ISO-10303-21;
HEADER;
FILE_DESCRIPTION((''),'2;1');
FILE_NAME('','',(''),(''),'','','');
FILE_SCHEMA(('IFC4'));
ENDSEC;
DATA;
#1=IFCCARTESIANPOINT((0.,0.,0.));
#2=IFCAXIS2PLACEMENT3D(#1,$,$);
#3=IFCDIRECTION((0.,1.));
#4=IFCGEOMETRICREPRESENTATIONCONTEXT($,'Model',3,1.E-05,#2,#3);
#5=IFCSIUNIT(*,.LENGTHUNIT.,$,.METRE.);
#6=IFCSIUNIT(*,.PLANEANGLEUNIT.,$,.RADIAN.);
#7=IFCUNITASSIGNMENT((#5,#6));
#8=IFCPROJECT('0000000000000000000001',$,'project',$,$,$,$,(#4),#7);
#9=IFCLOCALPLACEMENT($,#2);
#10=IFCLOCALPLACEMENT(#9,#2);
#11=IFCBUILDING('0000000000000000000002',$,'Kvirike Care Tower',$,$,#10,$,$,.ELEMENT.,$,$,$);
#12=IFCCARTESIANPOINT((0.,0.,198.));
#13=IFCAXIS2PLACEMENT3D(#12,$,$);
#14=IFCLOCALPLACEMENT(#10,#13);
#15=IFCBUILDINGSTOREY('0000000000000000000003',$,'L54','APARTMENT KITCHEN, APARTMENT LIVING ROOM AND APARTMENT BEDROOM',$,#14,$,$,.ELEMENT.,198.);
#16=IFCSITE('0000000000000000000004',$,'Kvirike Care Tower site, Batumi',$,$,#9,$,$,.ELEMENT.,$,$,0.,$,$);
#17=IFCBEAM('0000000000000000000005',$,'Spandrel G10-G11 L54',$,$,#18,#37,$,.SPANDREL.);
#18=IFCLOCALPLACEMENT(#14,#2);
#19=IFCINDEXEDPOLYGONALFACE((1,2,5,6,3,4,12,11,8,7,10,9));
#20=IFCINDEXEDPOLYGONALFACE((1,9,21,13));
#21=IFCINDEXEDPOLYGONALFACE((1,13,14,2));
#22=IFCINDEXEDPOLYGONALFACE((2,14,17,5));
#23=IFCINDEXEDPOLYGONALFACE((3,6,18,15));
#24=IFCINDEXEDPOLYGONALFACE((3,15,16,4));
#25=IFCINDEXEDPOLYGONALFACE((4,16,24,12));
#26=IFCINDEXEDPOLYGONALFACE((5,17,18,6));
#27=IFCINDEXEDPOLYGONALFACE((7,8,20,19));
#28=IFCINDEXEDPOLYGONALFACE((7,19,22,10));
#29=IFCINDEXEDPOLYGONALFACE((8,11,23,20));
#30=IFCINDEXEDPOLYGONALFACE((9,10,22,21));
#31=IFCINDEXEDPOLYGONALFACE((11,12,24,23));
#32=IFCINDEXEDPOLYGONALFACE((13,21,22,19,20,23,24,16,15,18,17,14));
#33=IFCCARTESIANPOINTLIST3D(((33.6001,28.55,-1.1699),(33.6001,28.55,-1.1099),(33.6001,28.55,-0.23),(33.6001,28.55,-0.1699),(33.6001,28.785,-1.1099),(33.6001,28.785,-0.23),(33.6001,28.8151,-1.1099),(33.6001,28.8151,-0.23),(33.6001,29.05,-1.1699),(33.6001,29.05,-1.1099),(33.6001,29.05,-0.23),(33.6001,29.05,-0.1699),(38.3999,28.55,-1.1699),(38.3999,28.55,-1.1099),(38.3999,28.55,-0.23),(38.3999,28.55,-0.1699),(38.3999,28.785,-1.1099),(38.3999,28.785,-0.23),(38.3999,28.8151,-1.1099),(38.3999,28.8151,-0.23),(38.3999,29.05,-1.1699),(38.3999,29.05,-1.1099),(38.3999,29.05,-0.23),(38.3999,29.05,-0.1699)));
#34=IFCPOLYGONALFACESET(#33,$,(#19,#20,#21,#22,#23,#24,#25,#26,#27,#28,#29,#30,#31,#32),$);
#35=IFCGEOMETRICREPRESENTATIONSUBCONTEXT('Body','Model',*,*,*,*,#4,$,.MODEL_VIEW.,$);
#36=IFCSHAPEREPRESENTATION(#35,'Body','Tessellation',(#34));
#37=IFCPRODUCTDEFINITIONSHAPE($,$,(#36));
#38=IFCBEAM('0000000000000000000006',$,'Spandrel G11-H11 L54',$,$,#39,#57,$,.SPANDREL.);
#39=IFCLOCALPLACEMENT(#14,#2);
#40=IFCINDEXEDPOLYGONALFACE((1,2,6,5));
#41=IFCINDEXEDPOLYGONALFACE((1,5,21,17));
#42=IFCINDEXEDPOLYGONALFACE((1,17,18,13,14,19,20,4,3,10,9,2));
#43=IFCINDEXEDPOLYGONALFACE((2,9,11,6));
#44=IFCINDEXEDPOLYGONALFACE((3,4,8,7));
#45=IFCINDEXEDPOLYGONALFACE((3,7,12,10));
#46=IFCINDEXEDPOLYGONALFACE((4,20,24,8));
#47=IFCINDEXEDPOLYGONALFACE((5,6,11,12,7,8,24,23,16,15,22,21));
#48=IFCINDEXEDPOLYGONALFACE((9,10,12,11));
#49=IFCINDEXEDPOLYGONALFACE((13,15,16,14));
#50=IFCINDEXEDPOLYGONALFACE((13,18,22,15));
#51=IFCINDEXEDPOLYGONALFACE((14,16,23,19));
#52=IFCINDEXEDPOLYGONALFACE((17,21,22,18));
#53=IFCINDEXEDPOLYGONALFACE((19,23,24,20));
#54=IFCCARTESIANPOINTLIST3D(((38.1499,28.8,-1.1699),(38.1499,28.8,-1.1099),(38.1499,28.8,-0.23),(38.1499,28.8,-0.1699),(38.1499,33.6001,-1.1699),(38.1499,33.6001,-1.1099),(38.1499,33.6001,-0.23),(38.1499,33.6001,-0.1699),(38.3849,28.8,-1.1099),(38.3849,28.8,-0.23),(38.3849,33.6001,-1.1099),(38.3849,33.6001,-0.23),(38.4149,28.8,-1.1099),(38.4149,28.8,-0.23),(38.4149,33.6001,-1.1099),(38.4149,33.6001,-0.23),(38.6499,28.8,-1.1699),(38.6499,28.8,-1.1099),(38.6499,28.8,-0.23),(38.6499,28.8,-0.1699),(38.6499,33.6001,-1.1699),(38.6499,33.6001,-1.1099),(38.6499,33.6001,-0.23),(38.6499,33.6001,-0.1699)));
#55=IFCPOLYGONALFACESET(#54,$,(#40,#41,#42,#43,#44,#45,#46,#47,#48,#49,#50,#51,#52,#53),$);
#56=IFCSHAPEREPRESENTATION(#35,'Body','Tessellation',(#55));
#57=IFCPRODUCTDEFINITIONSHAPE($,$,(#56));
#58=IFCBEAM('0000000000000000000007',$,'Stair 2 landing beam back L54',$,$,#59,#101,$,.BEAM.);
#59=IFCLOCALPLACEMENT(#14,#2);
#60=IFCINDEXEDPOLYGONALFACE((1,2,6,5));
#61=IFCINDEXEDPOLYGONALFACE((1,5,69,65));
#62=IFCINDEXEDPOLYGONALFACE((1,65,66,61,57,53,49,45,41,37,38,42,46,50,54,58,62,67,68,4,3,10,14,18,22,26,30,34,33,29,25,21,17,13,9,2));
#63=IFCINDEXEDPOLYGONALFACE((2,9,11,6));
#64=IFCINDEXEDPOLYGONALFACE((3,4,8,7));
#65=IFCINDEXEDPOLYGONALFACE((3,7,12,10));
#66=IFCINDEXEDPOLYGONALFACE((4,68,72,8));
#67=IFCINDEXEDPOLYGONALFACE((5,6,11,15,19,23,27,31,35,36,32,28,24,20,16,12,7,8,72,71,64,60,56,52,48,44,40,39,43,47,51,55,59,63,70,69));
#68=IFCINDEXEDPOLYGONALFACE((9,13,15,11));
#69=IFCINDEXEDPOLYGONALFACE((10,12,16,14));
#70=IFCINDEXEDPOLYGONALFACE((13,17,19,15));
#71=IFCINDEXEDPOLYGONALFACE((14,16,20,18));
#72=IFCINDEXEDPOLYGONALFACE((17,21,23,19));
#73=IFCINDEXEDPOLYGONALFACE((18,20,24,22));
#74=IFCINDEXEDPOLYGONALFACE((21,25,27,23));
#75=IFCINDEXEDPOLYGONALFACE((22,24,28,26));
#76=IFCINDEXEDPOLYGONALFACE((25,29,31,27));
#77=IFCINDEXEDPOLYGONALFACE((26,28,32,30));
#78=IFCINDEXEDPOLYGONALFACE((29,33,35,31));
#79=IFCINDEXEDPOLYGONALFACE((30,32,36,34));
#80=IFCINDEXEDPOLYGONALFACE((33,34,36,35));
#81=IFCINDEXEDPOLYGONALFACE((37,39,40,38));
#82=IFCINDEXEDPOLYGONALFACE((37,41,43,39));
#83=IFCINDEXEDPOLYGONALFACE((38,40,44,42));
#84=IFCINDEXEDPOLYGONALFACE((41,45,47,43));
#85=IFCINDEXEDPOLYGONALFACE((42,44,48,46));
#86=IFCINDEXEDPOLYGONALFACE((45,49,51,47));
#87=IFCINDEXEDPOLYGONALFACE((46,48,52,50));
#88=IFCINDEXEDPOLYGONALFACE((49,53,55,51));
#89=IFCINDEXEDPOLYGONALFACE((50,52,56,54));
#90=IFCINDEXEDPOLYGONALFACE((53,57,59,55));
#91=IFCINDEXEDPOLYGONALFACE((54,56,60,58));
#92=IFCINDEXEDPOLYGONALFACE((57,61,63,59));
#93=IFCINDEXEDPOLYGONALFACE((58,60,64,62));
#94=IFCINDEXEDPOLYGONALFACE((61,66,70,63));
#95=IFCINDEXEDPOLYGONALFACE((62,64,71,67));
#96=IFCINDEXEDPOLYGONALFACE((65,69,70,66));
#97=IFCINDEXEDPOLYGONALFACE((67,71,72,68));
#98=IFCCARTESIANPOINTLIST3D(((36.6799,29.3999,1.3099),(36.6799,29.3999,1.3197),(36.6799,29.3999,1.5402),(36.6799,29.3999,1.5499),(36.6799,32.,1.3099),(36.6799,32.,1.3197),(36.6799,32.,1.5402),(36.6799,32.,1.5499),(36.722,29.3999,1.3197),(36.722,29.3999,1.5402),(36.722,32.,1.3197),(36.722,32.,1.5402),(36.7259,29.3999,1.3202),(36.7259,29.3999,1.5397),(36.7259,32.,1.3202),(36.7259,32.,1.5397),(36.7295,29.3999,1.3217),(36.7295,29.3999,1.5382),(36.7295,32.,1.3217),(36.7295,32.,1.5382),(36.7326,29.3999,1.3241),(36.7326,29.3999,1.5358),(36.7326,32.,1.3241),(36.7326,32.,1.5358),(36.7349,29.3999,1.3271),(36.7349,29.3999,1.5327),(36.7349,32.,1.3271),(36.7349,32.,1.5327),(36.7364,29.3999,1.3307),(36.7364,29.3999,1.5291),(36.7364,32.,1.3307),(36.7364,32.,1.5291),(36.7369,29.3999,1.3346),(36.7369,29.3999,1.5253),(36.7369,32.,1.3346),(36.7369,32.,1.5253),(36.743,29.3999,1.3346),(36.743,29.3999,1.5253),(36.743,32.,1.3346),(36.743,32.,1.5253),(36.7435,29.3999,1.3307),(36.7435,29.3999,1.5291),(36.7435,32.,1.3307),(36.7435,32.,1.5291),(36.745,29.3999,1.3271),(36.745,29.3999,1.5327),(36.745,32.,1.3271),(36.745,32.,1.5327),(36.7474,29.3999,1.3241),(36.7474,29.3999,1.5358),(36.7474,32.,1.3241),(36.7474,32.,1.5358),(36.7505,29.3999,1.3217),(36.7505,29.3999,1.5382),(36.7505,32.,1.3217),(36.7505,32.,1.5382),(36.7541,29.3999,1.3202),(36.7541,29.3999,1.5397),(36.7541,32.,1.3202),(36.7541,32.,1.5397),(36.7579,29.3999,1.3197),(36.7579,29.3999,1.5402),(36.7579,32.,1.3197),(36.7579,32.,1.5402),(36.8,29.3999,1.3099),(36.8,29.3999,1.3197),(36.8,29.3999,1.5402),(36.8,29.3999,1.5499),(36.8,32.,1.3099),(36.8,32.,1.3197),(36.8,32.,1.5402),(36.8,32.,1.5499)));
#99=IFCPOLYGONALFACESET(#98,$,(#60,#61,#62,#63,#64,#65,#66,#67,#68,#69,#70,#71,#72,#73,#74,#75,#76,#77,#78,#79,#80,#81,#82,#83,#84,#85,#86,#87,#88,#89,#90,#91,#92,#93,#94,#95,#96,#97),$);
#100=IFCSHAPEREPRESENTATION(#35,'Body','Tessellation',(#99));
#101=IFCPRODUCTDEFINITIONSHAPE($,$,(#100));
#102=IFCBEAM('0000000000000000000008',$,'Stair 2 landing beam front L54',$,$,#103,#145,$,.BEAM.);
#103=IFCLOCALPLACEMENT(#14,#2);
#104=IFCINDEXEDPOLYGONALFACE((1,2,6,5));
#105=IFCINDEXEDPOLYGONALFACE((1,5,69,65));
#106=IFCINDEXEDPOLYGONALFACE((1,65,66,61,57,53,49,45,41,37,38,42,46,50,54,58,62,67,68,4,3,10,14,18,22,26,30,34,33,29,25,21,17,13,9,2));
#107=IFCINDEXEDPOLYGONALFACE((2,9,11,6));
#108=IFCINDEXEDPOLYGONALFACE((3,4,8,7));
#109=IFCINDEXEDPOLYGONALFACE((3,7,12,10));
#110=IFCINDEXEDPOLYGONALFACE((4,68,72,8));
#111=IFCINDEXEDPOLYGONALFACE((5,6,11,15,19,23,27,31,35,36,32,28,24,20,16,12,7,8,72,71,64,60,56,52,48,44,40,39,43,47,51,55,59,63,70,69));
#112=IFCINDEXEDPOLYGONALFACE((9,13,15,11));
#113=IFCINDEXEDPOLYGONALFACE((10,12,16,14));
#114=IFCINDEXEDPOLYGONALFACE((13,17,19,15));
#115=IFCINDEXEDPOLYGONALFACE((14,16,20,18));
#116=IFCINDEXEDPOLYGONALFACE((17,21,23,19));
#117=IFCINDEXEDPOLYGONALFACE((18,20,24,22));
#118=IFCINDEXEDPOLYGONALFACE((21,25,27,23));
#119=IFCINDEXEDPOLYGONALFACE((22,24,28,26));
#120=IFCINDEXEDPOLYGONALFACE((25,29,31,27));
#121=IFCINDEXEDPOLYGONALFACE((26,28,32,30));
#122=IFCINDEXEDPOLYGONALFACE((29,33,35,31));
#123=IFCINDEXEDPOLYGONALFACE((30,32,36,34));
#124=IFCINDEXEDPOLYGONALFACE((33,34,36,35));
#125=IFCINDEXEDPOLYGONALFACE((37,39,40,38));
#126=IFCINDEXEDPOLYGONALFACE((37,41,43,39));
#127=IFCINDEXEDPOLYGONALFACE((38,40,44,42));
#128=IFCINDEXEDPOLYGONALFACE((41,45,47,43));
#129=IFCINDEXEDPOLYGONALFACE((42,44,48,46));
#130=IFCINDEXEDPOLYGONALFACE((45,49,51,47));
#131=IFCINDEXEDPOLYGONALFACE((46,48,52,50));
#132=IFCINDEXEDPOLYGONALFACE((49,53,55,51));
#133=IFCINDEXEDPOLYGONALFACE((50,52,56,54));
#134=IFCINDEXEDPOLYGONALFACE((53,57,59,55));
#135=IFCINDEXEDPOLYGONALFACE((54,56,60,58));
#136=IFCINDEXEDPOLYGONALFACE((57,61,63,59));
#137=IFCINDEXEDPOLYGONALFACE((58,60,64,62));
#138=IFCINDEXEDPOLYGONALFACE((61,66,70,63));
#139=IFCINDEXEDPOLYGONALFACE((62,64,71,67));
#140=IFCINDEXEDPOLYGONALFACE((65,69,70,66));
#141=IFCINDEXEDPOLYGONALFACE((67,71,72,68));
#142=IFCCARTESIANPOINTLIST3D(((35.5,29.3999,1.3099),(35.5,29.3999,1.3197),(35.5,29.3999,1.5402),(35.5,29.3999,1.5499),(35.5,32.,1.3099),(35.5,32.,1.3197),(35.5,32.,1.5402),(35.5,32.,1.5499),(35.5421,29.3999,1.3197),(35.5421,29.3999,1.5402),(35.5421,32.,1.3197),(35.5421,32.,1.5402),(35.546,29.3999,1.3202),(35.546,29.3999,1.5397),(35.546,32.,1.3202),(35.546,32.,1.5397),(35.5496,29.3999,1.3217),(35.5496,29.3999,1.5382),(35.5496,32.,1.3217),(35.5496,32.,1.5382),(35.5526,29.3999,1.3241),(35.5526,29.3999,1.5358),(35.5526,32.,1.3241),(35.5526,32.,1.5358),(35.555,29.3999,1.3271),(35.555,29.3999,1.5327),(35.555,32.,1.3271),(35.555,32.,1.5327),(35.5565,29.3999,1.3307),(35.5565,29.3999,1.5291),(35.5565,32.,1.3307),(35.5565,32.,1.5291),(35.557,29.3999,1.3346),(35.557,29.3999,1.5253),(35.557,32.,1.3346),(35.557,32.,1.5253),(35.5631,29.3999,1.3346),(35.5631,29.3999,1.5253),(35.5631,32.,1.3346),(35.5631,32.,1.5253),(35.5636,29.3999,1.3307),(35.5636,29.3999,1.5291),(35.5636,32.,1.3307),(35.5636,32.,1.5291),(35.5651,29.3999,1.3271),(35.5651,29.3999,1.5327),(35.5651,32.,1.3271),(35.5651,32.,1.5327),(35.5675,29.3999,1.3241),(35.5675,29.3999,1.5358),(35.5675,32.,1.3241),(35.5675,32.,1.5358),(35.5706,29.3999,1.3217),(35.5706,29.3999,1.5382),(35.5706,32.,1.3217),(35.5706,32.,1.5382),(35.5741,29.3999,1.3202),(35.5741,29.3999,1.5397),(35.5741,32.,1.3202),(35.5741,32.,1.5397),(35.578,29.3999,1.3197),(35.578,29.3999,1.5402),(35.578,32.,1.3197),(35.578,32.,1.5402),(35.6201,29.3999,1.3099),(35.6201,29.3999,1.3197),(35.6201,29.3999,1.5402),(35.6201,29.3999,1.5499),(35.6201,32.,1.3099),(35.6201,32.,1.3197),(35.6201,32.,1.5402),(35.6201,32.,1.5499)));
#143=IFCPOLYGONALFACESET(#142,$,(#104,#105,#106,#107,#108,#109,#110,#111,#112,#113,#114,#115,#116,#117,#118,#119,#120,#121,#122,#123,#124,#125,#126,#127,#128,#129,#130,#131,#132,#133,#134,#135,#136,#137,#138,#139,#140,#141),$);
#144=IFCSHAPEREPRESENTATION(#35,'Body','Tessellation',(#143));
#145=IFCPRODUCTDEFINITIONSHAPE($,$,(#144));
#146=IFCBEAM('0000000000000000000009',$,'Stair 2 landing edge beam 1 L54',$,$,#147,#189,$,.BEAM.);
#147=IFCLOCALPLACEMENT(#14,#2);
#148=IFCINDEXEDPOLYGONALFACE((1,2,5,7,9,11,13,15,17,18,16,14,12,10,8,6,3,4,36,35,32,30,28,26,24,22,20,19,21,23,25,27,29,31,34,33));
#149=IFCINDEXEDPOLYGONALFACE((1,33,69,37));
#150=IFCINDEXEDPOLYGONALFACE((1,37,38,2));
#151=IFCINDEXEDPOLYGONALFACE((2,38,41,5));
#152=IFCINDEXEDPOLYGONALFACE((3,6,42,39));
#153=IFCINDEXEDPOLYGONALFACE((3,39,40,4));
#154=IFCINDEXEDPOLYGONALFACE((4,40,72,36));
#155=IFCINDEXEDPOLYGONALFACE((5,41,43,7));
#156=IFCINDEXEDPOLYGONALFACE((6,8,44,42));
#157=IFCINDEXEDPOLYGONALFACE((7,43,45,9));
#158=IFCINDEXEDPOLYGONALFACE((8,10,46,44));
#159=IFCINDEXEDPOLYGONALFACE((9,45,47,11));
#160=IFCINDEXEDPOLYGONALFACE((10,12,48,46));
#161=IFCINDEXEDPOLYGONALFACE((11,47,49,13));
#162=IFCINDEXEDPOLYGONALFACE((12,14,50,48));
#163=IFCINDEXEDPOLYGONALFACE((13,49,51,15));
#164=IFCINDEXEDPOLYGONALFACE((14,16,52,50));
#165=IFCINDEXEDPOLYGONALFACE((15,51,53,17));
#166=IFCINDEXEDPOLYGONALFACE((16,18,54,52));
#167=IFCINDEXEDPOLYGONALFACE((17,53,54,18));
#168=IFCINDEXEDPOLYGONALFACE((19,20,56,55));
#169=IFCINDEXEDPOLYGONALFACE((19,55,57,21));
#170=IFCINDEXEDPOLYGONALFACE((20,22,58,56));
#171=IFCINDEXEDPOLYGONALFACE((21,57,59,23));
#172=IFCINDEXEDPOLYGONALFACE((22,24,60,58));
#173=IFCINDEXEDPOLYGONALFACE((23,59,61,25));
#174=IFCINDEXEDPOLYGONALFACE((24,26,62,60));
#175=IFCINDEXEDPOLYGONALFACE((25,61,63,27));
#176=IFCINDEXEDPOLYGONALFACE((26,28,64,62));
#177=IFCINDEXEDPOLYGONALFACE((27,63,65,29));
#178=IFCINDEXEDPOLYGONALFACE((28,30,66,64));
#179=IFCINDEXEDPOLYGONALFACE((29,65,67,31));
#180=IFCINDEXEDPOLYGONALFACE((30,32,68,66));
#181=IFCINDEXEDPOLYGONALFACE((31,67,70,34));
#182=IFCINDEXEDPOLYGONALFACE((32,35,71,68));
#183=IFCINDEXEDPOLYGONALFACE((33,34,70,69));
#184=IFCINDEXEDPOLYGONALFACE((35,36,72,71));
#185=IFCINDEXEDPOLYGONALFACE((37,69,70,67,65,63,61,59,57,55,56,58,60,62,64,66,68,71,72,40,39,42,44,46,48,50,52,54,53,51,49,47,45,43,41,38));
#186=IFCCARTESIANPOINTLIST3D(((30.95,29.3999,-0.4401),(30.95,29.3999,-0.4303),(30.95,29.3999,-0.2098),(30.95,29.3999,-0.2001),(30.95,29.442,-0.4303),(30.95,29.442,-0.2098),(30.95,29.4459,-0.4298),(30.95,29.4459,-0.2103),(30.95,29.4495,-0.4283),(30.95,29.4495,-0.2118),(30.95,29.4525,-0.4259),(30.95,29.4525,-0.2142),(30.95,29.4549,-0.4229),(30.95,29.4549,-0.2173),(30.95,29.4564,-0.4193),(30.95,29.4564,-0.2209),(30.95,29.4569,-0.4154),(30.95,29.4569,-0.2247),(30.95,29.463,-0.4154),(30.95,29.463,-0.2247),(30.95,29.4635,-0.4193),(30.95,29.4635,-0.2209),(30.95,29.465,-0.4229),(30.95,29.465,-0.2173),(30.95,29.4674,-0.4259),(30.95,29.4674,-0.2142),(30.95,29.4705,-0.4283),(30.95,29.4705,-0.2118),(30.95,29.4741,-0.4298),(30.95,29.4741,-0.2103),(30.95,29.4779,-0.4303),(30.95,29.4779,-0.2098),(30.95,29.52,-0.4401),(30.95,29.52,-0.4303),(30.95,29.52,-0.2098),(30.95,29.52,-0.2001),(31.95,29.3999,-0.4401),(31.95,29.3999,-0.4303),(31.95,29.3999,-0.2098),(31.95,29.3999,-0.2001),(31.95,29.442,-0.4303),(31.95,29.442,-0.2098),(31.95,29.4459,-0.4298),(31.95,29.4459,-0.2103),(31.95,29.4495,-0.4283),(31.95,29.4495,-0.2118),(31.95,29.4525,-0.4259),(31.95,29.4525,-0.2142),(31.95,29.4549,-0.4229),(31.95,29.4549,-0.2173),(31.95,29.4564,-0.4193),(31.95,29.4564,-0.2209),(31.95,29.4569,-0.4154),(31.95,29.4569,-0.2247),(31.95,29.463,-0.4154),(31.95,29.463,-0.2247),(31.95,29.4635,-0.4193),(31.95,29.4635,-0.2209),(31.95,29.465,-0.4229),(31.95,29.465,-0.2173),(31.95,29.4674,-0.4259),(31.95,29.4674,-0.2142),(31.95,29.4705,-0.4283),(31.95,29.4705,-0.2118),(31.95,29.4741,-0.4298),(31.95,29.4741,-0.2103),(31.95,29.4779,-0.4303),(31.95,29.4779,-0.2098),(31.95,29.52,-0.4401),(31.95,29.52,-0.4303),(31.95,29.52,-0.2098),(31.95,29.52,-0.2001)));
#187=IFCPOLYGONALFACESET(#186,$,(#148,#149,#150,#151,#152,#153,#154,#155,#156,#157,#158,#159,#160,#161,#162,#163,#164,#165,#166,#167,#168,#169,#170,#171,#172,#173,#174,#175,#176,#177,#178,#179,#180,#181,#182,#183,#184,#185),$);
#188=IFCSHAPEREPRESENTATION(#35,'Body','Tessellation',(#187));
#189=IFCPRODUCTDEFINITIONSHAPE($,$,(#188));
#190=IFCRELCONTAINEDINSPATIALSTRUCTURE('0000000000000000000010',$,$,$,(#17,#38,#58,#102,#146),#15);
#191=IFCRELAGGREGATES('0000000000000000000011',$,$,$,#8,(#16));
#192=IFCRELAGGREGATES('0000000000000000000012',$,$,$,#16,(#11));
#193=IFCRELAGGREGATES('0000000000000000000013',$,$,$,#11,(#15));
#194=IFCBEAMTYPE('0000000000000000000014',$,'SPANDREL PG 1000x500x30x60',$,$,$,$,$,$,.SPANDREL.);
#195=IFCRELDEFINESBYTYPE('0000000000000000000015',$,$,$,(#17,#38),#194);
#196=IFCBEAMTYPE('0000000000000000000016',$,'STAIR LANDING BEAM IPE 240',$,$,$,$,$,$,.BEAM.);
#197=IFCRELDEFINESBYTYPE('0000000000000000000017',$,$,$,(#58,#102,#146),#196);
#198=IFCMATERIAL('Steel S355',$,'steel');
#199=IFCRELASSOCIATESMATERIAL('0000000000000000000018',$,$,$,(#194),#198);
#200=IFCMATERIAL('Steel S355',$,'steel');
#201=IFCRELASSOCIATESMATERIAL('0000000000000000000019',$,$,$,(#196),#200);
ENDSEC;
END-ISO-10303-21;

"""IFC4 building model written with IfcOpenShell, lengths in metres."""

from ifc_helpers import new_model, si_unit, direction, frame, origin, origin_2d, place, context, subcontext, project, spatial, i_section, extrude, material, material_profile, profile_set, type_object, element, save


model = new_model("IFC4")

# Units and contexts
model_context = context("Model", 3, precision=1e-05, world=origin(), true_north=direction((0.0, 1.0)))
body_context = subcontext(model_context, "Body", "Model", "MODEL_VIEW")
ifc_project = project(units=[si_unit("LENGTHUNIT", "METRE"), si_unit("PLANEANGLEUNIT", "RADIAN")], contexts=[model_context])

# Site, building, storey
site_placement = place(None, origin())
site = spatial("IfcSite", under=ifc_project, at=site_placement, Name="Kvirike Care Tower site, Batumi", CompositionType="ELEMENT", RefElevation=0.0)
building_placement = place(site_placement, origin())
building = spatial("IfcBuilding", under=site, at=building_placement, Name="Kvirike Care Tower", CompositionType="ELEMENT")
storey_placement = place(building_placement, frame((0.0, 0.0, 198.0)))
storey = spatial("IfcBuildingStorey", under=building, at=storey_placement, Name="L54", Description="APARTMENT KITCHEN, APARTMENT LIVING ROOM AND APARTMENT BEDROOM", CompositionType="ELEMENT", Elevation=198.0)

# Beams
ifc_material_1 = material(Name="Steel S355", Category="steel")
ifc_material_profile_1 = material_profile(ifc_material_1, i_section(OverallWidth=0.5, OverallDepth=1.0, WebThickness=0.03, FlangeThickness=0.0601, at=origin_2d()), Name="PG 1000x500x30x60")
ifc_profile_set_1 = profile_set([ifc_material_profile_1], Name="Steel S355")
beam_type_1 = type_object("IfcBeamType", Name="SPANDREL PG 1000x500x30x60", PredefinedType="SPANDREL", material=ifc_profile_set_1)
beam_1_placement = place(storey_placement, frame((33.6001, 28.8, -0.6699), z_axis=(1.0, 0.0, 0.0), x_axis=(0.0, 1.0, 0.0)))
element("IfcBeam", 1, at=beam_1_placement, inside=storey, type_object=beam_type_1, Name="Spandrel G10-G11 L54", PredefinedType="SPANDREL", context=body_context, shape_type="SweptSolid", body=[
    extrude(i_section(OverallWidth=0.5, OverallDepth=1.0, WebThickness=0.03, FlangeThickness=0.0601, at=origin_2d()), origin(), (0.0, 0.0, 1.0), 4.7998),
])
beam_2_placement = place(storey_placement, frame((38.3999, 28.8, -0.6699), z_axis=(0.0, 1.0, 0.0), x_axis=(-1.0, 0.0, 0.0)))
element("IfcBeam", 2, at=beam_2_placement, inside=storey, type_object=beam_type_1, Name="Spandrel G11-H11 L54", PredefinedType="SPANDREL", context=body_context, shape_type="SweptSolid", body=[
    extrude(i_section(OverallWidth=0.5, OverallDepth=1.0, WebThickness=0.03, FlangeThickness=0.0601, at=origin_2d()), origin(), (0.0, 0.0, 1.0), 4.8),
])
ifc_material_2 = material(Name="Steel S355", Category="steel")
ifc_material_profile_2 = material_profile(ifc_material_2, i_section(OverallWidth=0.1201, OverallDepth=0.24, WebThickness=0.0061, FlangeThickness=0.0098, FilletRadius=0.0149, at=origin_2d()), Name="IPE 240")
ifc_profile_set_2 = profile_set([ifc_material_profile_2], Name="Steel S355")
beam_type_2 = type_object("IfcBeamType", Name="STAIR LANDING BEAM IPE 240", PredefinedType="BEAM", material=ifc_profile_set_2)
for number, where, z_axis, x_axis, name in (
    (3, (36.74, 29.3999, 1.4299), (0.0, 1.0, 0.0), (-1.0, 0.0, 0.0), "Stair 2 landing beam back L54"),
    (4, (35.5601, 29.3999, 1.4299), (0.0, 1.0, 0.0), (-1.0, 0.0, 0.0), "Stair 2 landing beam front L54"),
):
    element("IfcBeam", number, at=place(storey_placement, frame(where, z_axis=z_axis, x_axis=x_axis)), inside=storey, type_object=beam_type_2, Name=name, PredefinedType="BEAM", context=body_context, shape_type="SweptSolid", body=[
        extrude(i_section(OverallWidth=0.1201, OverallDepth=0.24, WebThickness=0.0061, FlangeThickness=0.0098, FilletRadius=0.0149, at=origin_2d()), origin(), (0.0, 0.0, 1.0), 2.6001),
    ])
beam_3_placement = place(storey_placement, frame((31.95, 29.46, -0.3201), z_axis=(-1.0, 0.0, 0.0), x_axis=(0.0, -1.0, 0.0)))
element("IfcBeam", 5, at=beam_3_placement, inside=storey, type_object=beam_type_2, Name="Stair 2 landing edge beam 1 L54", PredefinedType="BEAM", context=body_context, shape_type="SweptSolid", body=[
    extrude(i_section(OverallWidth=0.1201, OverallDepth=0.24, WebThickness=0.0061, FlangeThickness=0.0098, FilletRadius=0.0149, at=origin_2d()), origin(), (0.0, 0.0, 1.0), 1.0),
])

save(model, "model.ifc")
